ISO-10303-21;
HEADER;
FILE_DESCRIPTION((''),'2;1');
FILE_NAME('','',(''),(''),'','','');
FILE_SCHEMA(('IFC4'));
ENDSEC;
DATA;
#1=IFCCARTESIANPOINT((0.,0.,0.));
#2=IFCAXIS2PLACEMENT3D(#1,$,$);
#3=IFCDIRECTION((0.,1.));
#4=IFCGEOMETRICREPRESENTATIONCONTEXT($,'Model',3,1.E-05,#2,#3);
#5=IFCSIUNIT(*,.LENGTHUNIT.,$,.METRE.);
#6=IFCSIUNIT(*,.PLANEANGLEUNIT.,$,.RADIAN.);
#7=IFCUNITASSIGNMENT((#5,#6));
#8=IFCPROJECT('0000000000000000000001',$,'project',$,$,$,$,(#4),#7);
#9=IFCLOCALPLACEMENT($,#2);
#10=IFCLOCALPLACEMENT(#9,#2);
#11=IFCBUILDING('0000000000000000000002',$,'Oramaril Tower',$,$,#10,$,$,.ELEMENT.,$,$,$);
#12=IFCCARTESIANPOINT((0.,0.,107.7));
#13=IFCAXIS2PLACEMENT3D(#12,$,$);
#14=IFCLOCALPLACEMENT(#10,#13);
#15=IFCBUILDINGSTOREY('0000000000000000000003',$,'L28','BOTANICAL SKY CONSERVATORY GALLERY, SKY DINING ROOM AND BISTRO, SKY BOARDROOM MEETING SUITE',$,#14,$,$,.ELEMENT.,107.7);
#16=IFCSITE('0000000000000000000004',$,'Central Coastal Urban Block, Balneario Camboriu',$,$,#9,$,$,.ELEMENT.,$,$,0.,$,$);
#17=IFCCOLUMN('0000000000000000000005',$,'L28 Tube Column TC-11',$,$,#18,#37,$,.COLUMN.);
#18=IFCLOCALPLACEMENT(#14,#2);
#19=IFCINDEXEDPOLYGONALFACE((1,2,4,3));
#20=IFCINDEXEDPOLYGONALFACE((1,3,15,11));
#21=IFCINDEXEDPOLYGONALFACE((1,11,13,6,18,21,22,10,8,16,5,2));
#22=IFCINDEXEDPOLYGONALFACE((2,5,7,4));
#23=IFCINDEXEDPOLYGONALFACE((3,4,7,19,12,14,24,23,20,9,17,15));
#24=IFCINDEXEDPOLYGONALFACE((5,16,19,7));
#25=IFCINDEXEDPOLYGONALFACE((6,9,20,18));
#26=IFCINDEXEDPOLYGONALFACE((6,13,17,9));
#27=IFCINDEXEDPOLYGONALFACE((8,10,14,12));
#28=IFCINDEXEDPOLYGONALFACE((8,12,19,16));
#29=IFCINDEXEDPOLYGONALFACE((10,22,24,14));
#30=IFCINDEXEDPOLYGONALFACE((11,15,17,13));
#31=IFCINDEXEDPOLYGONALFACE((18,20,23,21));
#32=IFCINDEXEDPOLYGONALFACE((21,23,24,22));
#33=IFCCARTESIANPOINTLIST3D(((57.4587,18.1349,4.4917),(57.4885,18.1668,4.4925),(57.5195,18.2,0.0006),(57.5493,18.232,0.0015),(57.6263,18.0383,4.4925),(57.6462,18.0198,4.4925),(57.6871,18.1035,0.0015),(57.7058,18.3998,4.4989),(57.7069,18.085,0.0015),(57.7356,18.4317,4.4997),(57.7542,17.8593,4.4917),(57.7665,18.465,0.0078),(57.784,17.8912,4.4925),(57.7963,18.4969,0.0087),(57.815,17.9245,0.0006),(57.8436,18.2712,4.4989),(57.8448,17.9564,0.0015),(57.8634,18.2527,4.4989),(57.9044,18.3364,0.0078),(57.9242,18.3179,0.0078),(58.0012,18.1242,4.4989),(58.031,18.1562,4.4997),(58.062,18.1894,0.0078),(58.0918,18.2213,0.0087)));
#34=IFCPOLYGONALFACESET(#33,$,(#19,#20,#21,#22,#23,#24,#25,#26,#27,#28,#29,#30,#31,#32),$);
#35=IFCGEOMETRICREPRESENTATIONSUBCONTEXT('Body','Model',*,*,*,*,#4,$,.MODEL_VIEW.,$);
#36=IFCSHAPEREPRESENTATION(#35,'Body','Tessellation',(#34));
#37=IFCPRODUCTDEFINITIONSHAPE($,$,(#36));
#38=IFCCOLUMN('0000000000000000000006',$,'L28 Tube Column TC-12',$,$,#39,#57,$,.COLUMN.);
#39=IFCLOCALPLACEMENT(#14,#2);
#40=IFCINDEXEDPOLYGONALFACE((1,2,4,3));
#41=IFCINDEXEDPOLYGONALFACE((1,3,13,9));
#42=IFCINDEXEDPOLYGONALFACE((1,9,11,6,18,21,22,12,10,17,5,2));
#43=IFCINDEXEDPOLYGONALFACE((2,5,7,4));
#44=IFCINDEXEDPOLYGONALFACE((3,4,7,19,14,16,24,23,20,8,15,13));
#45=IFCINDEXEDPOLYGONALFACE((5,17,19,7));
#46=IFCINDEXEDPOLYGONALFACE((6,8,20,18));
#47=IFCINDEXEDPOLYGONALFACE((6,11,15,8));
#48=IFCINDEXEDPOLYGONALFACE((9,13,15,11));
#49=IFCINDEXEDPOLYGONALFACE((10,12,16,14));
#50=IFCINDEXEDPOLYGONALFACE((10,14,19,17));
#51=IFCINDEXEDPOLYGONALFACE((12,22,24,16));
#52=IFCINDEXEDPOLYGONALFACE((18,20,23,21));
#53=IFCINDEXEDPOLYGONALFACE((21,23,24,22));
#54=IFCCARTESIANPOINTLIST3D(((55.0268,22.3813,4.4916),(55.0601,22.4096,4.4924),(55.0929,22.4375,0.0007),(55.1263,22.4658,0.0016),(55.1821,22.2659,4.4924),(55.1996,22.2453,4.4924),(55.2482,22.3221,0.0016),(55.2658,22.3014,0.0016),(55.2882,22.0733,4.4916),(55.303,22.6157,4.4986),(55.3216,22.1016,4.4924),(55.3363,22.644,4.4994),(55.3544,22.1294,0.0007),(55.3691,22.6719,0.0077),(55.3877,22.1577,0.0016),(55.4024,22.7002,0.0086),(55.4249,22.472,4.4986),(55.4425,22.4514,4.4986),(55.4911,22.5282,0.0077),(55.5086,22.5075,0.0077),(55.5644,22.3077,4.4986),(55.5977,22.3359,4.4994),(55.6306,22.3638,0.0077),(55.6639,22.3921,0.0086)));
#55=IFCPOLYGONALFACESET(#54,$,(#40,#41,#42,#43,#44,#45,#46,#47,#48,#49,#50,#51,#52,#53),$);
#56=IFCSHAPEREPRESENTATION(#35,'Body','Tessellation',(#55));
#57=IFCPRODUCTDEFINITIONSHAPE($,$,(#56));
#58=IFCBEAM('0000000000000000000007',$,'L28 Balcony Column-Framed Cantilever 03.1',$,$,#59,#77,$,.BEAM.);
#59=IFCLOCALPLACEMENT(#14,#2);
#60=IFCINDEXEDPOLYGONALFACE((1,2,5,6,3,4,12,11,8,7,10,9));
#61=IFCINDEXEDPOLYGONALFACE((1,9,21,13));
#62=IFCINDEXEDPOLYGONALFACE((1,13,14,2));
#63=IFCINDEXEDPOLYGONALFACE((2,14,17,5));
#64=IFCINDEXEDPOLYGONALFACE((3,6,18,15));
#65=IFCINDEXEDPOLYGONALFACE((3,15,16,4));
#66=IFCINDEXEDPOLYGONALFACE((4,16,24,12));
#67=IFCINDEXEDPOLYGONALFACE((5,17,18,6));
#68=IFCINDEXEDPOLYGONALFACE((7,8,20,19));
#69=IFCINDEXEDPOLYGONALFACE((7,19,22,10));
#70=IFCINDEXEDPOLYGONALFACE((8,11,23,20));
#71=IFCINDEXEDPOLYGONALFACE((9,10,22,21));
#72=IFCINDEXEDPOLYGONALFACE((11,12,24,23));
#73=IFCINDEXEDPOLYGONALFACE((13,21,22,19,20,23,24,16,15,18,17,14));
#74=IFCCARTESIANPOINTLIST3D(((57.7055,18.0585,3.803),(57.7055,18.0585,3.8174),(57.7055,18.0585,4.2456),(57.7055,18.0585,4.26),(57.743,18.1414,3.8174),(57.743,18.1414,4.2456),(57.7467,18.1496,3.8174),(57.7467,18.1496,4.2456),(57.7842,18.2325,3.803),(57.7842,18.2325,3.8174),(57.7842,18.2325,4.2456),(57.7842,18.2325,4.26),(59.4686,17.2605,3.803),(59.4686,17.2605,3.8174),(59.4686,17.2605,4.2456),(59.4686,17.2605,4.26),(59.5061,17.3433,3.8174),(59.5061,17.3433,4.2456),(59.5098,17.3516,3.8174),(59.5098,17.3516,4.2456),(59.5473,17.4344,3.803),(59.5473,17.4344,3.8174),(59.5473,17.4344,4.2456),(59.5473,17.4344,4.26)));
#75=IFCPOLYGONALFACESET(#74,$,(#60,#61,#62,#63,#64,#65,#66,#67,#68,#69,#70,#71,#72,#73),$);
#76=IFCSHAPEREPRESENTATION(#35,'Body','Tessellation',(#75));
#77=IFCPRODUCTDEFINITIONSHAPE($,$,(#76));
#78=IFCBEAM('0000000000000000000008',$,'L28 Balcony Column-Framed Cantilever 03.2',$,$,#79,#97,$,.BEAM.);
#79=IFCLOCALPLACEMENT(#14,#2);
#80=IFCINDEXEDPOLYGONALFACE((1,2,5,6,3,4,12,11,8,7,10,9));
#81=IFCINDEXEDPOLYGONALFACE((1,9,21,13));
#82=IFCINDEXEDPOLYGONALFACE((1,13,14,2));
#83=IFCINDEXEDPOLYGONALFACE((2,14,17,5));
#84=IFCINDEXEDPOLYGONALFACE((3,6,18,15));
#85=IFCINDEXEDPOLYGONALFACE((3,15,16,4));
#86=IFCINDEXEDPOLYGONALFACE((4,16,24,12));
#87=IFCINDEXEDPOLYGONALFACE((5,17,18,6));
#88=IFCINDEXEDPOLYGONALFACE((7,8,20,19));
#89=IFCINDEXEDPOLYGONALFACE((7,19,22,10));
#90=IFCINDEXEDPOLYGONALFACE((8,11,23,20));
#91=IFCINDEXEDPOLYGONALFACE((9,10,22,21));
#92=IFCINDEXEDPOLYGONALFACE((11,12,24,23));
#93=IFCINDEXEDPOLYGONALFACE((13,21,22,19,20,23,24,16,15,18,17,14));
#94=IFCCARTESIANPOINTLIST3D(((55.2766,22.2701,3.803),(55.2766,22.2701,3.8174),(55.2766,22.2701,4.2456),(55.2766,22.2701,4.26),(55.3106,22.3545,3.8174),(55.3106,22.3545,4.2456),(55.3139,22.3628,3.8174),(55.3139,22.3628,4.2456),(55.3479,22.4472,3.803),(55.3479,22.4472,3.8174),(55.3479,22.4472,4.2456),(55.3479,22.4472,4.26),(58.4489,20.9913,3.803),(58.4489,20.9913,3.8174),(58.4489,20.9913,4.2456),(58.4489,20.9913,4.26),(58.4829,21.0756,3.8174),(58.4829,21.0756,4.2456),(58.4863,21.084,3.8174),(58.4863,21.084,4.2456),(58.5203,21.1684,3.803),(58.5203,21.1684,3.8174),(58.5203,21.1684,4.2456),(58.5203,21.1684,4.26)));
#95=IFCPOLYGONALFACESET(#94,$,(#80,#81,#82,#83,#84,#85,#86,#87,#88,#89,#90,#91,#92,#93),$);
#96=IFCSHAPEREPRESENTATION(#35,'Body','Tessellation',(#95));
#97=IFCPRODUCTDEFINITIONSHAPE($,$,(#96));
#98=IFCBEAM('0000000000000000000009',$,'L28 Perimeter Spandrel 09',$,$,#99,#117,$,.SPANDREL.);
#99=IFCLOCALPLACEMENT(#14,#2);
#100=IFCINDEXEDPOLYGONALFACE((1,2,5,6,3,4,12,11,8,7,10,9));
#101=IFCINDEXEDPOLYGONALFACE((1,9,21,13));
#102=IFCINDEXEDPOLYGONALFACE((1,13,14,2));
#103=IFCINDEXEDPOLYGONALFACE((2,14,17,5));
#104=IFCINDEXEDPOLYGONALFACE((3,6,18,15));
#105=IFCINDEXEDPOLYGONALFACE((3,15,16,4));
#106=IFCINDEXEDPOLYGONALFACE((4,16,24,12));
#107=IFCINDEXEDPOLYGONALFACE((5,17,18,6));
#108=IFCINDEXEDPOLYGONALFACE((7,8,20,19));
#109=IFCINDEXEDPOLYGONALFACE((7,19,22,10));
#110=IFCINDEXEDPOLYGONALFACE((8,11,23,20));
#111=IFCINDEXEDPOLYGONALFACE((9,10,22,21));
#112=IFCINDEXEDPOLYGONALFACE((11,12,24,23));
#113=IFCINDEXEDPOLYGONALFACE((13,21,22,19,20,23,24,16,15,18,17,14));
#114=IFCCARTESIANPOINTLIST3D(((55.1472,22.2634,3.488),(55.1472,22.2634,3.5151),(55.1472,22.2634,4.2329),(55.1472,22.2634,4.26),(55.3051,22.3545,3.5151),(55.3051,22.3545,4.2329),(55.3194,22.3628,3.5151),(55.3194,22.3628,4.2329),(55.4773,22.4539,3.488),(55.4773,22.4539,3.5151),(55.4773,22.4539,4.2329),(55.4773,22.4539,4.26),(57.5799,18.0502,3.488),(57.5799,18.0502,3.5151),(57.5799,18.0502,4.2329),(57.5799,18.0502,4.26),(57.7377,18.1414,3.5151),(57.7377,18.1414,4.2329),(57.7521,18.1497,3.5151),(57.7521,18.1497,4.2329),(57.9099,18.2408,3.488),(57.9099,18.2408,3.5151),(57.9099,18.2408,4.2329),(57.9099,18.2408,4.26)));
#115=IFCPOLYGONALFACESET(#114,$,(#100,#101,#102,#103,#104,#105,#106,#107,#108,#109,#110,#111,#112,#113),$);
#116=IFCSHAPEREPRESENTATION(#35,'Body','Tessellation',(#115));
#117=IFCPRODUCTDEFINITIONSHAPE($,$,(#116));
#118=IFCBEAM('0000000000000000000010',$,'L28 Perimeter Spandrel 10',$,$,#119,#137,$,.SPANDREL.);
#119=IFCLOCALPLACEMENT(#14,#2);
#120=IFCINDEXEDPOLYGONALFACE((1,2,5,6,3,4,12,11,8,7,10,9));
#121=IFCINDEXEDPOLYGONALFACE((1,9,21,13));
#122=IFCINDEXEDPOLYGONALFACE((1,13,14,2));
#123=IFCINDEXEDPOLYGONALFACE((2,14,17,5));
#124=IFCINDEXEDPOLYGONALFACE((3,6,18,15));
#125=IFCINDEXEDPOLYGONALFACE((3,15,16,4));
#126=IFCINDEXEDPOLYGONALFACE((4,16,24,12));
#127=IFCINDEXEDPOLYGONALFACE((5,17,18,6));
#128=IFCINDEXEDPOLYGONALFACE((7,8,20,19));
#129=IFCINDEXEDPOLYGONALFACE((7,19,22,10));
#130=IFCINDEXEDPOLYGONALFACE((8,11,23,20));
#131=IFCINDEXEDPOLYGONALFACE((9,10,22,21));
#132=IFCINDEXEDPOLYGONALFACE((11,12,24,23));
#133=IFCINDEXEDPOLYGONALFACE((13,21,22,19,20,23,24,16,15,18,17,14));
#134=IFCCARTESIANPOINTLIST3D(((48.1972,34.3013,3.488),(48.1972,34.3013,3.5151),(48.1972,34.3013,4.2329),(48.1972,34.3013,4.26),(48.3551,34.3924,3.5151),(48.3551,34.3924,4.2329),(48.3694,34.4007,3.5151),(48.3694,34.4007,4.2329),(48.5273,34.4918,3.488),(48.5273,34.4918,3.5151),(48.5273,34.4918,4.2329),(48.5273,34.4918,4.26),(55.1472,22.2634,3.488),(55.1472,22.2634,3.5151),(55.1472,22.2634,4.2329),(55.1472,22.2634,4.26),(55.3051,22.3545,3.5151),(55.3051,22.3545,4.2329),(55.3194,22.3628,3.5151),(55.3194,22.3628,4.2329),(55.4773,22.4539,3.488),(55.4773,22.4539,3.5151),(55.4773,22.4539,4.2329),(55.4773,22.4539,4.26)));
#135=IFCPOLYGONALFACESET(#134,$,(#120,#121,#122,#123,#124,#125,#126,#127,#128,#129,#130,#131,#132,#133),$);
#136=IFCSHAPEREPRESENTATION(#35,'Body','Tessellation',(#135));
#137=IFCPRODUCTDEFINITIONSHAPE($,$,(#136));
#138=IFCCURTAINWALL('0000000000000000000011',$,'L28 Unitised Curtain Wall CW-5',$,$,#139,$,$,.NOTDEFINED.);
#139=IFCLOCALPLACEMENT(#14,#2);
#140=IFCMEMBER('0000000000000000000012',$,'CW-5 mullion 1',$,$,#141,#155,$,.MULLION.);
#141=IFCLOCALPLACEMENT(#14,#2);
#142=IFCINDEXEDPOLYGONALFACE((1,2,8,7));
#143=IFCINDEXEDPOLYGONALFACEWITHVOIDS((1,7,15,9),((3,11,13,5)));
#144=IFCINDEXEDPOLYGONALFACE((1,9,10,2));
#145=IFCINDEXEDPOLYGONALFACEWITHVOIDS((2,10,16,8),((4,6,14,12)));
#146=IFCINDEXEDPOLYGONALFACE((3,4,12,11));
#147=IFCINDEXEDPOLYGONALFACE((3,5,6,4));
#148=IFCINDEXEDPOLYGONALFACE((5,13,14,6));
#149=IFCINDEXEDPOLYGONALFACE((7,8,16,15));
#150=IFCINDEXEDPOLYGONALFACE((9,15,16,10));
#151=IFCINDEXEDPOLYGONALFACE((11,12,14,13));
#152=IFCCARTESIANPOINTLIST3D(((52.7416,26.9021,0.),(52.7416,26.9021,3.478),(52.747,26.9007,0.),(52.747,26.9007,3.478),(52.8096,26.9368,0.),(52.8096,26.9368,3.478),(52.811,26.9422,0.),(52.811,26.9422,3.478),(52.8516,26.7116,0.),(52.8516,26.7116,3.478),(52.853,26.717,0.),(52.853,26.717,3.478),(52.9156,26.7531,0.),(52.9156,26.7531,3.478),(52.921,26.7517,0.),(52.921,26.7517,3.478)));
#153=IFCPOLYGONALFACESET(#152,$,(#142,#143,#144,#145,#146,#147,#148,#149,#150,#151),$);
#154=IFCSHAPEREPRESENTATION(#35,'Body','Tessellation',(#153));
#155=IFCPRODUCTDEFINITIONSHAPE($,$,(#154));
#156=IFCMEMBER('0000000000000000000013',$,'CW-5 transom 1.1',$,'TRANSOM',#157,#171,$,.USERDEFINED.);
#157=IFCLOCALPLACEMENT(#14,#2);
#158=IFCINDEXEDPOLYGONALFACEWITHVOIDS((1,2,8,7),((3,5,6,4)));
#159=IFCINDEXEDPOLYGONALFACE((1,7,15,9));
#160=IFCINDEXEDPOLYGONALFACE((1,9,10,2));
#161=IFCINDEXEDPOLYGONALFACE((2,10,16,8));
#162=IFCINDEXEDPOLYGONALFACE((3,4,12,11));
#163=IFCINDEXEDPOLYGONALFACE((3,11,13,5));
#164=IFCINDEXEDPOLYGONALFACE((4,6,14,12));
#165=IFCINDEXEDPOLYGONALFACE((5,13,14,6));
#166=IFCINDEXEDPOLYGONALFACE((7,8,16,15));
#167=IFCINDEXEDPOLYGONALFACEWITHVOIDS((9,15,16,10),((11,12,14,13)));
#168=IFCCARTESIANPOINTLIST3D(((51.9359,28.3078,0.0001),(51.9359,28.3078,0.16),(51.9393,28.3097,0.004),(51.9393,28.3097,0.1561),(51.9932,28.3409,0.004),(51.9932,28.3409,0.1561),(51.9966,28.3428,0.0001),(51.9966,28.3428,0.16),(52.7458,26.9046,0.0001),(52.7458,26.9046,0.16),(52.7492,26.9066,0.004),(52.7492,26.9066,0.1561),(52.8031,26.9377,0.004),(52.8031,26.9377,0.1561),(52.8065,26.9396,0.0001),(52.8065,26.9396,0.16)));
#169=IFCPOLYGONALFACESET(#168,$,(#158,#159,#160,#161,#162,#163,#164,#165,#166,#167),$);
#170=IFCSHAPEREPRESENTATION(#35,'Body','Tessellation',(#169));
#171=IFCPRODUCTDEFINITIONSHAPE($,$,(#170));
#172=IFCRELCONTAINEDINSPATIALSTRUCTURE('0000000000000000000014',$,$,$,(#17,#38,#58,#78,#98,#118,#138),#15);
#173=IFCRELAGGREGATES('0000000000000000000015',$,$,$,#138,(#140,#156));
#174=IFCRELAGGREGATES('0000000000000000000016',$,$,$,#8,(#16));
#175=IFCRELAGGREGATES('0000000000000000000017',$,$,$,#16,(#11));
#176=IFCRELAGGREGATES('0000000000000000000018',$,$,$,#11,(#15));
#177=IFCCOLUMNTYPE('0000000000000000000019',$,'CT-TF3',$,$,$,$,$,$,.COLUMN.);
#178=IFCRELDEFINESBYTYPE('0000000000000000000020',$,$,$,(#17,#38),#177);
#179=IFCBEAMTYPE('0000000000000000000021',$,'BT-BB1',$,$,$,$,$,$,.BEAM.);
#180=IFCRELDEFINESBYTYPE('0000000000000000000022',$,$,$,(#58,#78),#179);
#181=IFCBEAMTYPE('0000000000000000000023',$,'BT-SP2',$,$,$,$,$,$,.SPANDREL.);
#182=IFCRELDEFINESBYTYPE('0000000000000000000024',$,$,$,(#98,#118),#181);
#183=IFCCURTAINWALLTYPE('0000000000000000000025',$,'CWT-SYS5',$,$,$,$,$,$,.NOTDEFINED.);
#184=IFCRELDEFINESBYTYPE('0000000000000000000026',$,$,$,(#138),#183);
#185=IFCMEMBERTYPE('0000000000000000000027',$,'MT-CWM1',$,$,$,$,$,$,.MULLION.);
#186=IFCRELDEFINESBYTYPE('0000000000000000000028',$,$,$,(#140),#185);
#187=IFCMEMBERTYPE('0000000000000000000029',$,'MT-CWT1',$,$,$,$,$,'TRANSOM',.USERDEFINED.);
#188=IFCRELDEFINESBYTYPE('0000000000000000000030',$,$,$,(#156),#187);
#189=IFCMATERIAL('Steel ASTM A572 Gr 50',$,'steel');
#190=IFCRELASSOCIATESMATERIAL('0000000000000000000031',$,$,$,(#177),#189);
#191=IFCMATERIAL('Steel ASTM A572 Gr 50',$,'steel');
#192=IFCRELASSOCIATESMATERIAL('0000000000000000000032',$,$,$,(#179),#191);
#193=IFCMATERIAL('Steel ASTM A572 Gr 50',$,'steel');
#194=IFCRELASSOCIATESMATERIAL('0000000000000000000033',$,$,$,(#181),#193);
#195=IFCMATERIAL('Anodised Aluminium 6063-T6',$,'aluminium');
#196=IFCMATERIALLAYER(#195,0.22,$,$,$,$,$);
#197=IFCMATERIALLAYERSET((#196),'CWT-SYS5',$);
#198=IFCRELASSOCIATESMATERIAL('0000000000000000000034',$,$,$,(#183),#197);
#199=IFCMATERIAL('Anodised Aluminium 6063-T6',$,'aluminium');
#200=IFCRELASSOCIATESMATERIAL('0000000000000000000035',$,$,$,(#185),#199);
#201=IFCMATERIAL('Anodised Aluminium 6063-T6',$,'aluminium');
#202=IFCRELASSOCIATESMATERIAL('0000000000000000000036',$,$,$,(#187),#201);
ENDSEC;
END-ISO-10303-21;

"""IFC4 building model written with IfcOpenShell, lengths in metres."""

from ifc_helpers import new_model, si_unit, direction, frame, origin, origin_2d, place, context, subcontext, project, spatial, hollow_rectangle, i_section, extrude, material, layer, layer_set, material_profile, profile_set, type_object, element, aggregate, save


model = new_model("IFC4")

# Units and contexts
model_context = context("Model", 3, precision=1e-05, world=origin(), true_north=direction((0.0, 1.0)))
body_context = subcontext(model_context, "Body", "Model", "MODEL_VIEW")
ifc_project = project(units=[si_unit("LENGTHUNIT", "METRE"), si_unit("PLANEANGLEUNIT", "RADIAN")], contexts=[model_context])

# Site, building, storey
site_placement = place(None, origin())
site = spatial("IfcSite", under=ifc_project, at=site_placement, Name="Central Coastal Urban Block, Balneario Camboriu", CompositionType="ELEMENT", RefElevation=0.0)
building_placement = place(site_placement, origin())
building = spatial("IfcBuilding", under=site, at=building_placement, Name="Oramaril Tower", CompositionType="ELEMENT")
storey_placement = place(building_placement, frame((0.0, 0.0, 107.7)))
storey = spatial("IfcBuildingStorey", under=building, at=storey_placement, Name="L28", Description="BOTANICAL SKY CONSERVATORY GALLERY, SKY DINING ROOM AND BISTRO, SKY BOARDROOM MEETING SUITE", CompositionType="ELEMENT", Elevation=107.7)

# Columns
ifc_material_1 = material(Name="Steel ASTM A572 Gr 50", Category="steel")
ifc_material_profile_1 = material_profile(ifc_material_1, i_section(OverallWidth=0.4041, OverallDepth=0.406, WebThickness=0.0271, FlangeThickness=0.0437, at=origin_2d()), Name="W14X233")
ifc_profile_set_1 = profile_set([ifc_material_profile_1], Name="Steel ASTM A572 Gr 50")
column_type = type_object("IfcColumnType", Name="CT-TF3", PredefinedType="COLUMN", material=ifc_profile_set_1)
column_1_placement = place(storey_placement, frame((57.8057, 18.2107, 0.0046), z_axis=(-0.013534, -0.014512, 0.999803), x_axis=(0.731328, -0.682025, 0.0)))
element("IfcColumn", 1, at=column_1_placement, inside=storey, type_object=column_type, Name="L28 Tube Column TC-11", PredefinedType="COLUMN", context=body_context, shape_type="SweptSolid", body=[
    extrude(i_section(OverallWidth=0.4041, OverallDepth=0.406, WebThickness=0.0271, FlangeThickness=0.0437, at=origin_2d()), origin(), (0.0, 0.0, 1.0), 4.4919),
])
column_2_placement = place(storey_placement, frame((55.3784, 22.4148, 0.0046), z_axis=(-0.01473, -0.012501, 0.999813), x_axis=(0.647077, -0.762425, 0.0)))
element("IfcColumn", 2, at=column_2_placement, inside=storey, type_object=column_type, Name="L28 Tube Column TC-12", PredefinedType="COLUMN", context=body_context, shape_type="SweptSolid", body=[
    extrude(i_section(OverallWidth=0.4041, OverallDepth=0.406, WebThickness=0.0271, FlangeThickness=0.0437, at=origin_2d()), origin(), (0.0, 0.0, 1.0), 4.4917),
])

# Beams
ifc_material_2 = material(Name="Steel ASTM A572 Gr 50", Category="steel")
ifc_material_profile_2 = material_profile(ifc_material_2, i_section(OverallWidth=0.1909, OverallDepth=0.457, WebThickness=0.009, FlangeThickness=0.0144, at=origin_2d()), Name="W18X50")
ifc_profile_set_2 = profile_set([ifc_material_profile_2], Name="Steel ASTM A572 Gr 50")
beam_type_1 = type_object("IfcBeamType", Name="BT-BB1", PredefinedType="BEAM", material=ifc_profile_set_2)
beam_1_placement = place(storey_placement, frame((57.7449, 18.1455, 4.0315), z_axis=(0.911018, -0.412367, 0.0), x_axis=(0.412367, 0.911018, 0.0)))
element("IfcBeam", 3, at=beam_1_placement, inside=storey, type_object=beam_type_1, Name="L28 Balcony Column-Framed Cantilever 03.1", PredefinedType="BEAM", context=body_context, shape_type="SweptSolid", body=[
    extrude(i_section(OverallWidth=0.1909, OverallDepth=0.457, WebThickness=0.009, FlangeThickness=0.0144, at=origin_2d()), origin(), (0.0, 0.0, 1.0), 1.9353),
])
beam_2_placement = place(storey_placement, frame((55.3123, 22.3586, 4.0315), z_axis=(0.927479, -0.373875, 0.0), x_axis=(0.373875, 0.927479, 0.0)))
element("IfcBeam", 4, at=beam_2_placement, inside=storey, type_object=beam_type_1, Name="L28 Balcony Column-Framed Cantilever 03.2", PredefinedType="BEAM", context=body_context, shape_type="SweptSolid", body=[
    extrude(i_section(OverallWidth=0.1909, OverallDepth=0.457, WebThickness=0.009, FlangeThickness=0.0144, at=origin_2d()), origin(), (0.0, 0.0, 1.0), 3.4204),
])
ifc_material_3 = material(Name="Steel ASTM A572 Gr 50", Category="steel")
ifc_material_profile_3 = material_profile(ifc_material_3, i_section(OverallWidth=0.3811, OverallDepth=0.772, WebThickness=0.0166, FlangeThickness=0.0271, at=origin_2d()), Name="W30X173")
ifc_profile_set_3 = profile_set([ifc_material_profile_3], Name="Steel ASTM A572 Gr 50")
beam_type_2 = type_object("IfcBeamType", Name="BT-SP2", PredefinedType="SPANDREL", material=ifc_profile_set_3)
beam_3_placement = place(storey_placement, frame((57.7449, 18.1455, 3.874), z_axis=(-0.500025, 0.866011, 0.0), x_axis=(-0.866011, -0.500025, 0.0)))
element("IfcBeam", 5, at=beam_3_placement, inside=storey, type_object=beam_type_2, Name="L28 Perimeter Spandrel 09", PredefinedType="SPANDREL", context=body_context, shape_type="SweptSolid", body=[
    extrude(i_section(OverallWidth=0.3811, OverallDepth=0.772, WebThickness=0.0166, FlangeThickness=0.0271, at=origin_2d()), origin(), (0.0, 0.0, 1.0), 4.865),
])
beam_4_placement = place(storey_placement, frame((55.3123, 22.3586, 3.874), z_axis=(-0.499995, 0.866029, 0.0), x_axis=(-0.866029, -0.499995, 0.0)))
element("IfcBeam", 6, at=beam_4_placement, inside=storey, type_object=beam_type_2, Name="L28 Perimeter Spandrel 10", PredefinedType="SPANDREL", context=body_context, shape_type="SweptSolid", body=[
    extrude(i_section(OverallWidth=0.3811, OverallDepth=0.772, WebThickness=0.0166, FlangeThickness=0.0271, at=origin_2d()), origin(), (0.0, 0.0, 1.0), 13.9001),
])

# Curtain wall, members
ifc_material_4 = material(Name="Anodised Aluminium 6063-T6", Category="aluminium")
ifc_layer_1 = layer(ifc_material_4, 0.22)
ifc_layer_set_1 = layer_set([ifc_layer_1], Name="CWT-SYS5")
curtain_wall_type = type_object("IfcCurtainWallType", Name="CWT-SYS5", PredefinedType="NOTDEFINED", material=ifc_layer_set_1)
curtain_wall_placement = place(storey_placement, origin())
curtain_wall = element("IfcCurtainWall", 7, at=curtain_wall_placement, inside=storey, type_object=curtain_wall_type, Name="L28 Unitised Curtain Wall CW-5", PredefinedType="NOTDEFINED")
ifc_material_5 = material(Name="Anodised Aluminium 6063-T6", Category="aluminium")
ifc_material_profile_4 = material_profile(ifc_material_5, hollow_rectangle(XDim=0.0801, YDim=0.22, WallThickness=0.0039, at=origin_2d()), Name="CWM220X80")
ifc_profile_set_4 = profile_set([ifc_material_profile_4], Name="Anodised Aluminium 6063-T6")
member_type_1 = type_object("IfcMemberType", Name="MT-CWM1", PredefinedType="MULLION", material=ifc_profile_set_4)
member_1_placement = place(storey_placement, frame((52.8313, 26.8269, 0.0), z_axis=(0.0, 0.0, 1.0), x_axis=(-0.866025, -0.5, 0.0)))
member_1 = element("IfcMember", 8, at=member_1_placement, type_object=member_type_1, Name="CW-5 mullion 1", PredefinedType="MULLION", context=body_context, shape_type="SweptSolid", body=[
    extrude(hollow_rectangle(XDim=0.0801, YDim=0.22, WallThickness=0.0039, at=origin_2d()), origin(), (0.0, 0.0, 1.0), 3.478),
])
ifc_material_6 = material(Name="Anodised Aluminium 6063-T6", Category="aluminium")
ifc_material_profile_5 = material_profile(ifc_material_6, hollow_rectangle(XDim=0.0701, YDim=0.1599, WallThickness=0.0039, at=origin_2d()), Name="CWT160X70")
ifc_profile_set_5 = profile_set([ifc_material_profile_5], Name="Anodised Aluminium 6063-T6")
member_type_2 = type_object("IfcMemberType", Name="MT-CWT1", ElementType="TRANSOM", PredefinedType="USERDEFINED", material=ifc_profile_set_5)
member_2_placement = place(storey_placement, frame((52.7761, 26.9221, 0.0801), z_axis=(-0.499883, 0.866093, 0.0), x_axis=(-0.866093, -0.499883, 0.0)))
member_2 = element("IfcMember", 9, at=member_2_placement, type_object=member_type_2, Name="CW-5 transom 1.1", ObjectType="TRANSOM", PredefinedType="USERDEFINED", context=body_context, shape_type="SweptSolid", body=[
    extrude(hollow_rectangle(XDim=0.0701, YDim=0.1599, WallThickness=0.0039, at=origin_2d()), origin(), (0.0, 0.0, 1.0), 1.6201),
])
aggregate(curtain_wall, [member_1, member_2])

save(model, "model.ifc")
